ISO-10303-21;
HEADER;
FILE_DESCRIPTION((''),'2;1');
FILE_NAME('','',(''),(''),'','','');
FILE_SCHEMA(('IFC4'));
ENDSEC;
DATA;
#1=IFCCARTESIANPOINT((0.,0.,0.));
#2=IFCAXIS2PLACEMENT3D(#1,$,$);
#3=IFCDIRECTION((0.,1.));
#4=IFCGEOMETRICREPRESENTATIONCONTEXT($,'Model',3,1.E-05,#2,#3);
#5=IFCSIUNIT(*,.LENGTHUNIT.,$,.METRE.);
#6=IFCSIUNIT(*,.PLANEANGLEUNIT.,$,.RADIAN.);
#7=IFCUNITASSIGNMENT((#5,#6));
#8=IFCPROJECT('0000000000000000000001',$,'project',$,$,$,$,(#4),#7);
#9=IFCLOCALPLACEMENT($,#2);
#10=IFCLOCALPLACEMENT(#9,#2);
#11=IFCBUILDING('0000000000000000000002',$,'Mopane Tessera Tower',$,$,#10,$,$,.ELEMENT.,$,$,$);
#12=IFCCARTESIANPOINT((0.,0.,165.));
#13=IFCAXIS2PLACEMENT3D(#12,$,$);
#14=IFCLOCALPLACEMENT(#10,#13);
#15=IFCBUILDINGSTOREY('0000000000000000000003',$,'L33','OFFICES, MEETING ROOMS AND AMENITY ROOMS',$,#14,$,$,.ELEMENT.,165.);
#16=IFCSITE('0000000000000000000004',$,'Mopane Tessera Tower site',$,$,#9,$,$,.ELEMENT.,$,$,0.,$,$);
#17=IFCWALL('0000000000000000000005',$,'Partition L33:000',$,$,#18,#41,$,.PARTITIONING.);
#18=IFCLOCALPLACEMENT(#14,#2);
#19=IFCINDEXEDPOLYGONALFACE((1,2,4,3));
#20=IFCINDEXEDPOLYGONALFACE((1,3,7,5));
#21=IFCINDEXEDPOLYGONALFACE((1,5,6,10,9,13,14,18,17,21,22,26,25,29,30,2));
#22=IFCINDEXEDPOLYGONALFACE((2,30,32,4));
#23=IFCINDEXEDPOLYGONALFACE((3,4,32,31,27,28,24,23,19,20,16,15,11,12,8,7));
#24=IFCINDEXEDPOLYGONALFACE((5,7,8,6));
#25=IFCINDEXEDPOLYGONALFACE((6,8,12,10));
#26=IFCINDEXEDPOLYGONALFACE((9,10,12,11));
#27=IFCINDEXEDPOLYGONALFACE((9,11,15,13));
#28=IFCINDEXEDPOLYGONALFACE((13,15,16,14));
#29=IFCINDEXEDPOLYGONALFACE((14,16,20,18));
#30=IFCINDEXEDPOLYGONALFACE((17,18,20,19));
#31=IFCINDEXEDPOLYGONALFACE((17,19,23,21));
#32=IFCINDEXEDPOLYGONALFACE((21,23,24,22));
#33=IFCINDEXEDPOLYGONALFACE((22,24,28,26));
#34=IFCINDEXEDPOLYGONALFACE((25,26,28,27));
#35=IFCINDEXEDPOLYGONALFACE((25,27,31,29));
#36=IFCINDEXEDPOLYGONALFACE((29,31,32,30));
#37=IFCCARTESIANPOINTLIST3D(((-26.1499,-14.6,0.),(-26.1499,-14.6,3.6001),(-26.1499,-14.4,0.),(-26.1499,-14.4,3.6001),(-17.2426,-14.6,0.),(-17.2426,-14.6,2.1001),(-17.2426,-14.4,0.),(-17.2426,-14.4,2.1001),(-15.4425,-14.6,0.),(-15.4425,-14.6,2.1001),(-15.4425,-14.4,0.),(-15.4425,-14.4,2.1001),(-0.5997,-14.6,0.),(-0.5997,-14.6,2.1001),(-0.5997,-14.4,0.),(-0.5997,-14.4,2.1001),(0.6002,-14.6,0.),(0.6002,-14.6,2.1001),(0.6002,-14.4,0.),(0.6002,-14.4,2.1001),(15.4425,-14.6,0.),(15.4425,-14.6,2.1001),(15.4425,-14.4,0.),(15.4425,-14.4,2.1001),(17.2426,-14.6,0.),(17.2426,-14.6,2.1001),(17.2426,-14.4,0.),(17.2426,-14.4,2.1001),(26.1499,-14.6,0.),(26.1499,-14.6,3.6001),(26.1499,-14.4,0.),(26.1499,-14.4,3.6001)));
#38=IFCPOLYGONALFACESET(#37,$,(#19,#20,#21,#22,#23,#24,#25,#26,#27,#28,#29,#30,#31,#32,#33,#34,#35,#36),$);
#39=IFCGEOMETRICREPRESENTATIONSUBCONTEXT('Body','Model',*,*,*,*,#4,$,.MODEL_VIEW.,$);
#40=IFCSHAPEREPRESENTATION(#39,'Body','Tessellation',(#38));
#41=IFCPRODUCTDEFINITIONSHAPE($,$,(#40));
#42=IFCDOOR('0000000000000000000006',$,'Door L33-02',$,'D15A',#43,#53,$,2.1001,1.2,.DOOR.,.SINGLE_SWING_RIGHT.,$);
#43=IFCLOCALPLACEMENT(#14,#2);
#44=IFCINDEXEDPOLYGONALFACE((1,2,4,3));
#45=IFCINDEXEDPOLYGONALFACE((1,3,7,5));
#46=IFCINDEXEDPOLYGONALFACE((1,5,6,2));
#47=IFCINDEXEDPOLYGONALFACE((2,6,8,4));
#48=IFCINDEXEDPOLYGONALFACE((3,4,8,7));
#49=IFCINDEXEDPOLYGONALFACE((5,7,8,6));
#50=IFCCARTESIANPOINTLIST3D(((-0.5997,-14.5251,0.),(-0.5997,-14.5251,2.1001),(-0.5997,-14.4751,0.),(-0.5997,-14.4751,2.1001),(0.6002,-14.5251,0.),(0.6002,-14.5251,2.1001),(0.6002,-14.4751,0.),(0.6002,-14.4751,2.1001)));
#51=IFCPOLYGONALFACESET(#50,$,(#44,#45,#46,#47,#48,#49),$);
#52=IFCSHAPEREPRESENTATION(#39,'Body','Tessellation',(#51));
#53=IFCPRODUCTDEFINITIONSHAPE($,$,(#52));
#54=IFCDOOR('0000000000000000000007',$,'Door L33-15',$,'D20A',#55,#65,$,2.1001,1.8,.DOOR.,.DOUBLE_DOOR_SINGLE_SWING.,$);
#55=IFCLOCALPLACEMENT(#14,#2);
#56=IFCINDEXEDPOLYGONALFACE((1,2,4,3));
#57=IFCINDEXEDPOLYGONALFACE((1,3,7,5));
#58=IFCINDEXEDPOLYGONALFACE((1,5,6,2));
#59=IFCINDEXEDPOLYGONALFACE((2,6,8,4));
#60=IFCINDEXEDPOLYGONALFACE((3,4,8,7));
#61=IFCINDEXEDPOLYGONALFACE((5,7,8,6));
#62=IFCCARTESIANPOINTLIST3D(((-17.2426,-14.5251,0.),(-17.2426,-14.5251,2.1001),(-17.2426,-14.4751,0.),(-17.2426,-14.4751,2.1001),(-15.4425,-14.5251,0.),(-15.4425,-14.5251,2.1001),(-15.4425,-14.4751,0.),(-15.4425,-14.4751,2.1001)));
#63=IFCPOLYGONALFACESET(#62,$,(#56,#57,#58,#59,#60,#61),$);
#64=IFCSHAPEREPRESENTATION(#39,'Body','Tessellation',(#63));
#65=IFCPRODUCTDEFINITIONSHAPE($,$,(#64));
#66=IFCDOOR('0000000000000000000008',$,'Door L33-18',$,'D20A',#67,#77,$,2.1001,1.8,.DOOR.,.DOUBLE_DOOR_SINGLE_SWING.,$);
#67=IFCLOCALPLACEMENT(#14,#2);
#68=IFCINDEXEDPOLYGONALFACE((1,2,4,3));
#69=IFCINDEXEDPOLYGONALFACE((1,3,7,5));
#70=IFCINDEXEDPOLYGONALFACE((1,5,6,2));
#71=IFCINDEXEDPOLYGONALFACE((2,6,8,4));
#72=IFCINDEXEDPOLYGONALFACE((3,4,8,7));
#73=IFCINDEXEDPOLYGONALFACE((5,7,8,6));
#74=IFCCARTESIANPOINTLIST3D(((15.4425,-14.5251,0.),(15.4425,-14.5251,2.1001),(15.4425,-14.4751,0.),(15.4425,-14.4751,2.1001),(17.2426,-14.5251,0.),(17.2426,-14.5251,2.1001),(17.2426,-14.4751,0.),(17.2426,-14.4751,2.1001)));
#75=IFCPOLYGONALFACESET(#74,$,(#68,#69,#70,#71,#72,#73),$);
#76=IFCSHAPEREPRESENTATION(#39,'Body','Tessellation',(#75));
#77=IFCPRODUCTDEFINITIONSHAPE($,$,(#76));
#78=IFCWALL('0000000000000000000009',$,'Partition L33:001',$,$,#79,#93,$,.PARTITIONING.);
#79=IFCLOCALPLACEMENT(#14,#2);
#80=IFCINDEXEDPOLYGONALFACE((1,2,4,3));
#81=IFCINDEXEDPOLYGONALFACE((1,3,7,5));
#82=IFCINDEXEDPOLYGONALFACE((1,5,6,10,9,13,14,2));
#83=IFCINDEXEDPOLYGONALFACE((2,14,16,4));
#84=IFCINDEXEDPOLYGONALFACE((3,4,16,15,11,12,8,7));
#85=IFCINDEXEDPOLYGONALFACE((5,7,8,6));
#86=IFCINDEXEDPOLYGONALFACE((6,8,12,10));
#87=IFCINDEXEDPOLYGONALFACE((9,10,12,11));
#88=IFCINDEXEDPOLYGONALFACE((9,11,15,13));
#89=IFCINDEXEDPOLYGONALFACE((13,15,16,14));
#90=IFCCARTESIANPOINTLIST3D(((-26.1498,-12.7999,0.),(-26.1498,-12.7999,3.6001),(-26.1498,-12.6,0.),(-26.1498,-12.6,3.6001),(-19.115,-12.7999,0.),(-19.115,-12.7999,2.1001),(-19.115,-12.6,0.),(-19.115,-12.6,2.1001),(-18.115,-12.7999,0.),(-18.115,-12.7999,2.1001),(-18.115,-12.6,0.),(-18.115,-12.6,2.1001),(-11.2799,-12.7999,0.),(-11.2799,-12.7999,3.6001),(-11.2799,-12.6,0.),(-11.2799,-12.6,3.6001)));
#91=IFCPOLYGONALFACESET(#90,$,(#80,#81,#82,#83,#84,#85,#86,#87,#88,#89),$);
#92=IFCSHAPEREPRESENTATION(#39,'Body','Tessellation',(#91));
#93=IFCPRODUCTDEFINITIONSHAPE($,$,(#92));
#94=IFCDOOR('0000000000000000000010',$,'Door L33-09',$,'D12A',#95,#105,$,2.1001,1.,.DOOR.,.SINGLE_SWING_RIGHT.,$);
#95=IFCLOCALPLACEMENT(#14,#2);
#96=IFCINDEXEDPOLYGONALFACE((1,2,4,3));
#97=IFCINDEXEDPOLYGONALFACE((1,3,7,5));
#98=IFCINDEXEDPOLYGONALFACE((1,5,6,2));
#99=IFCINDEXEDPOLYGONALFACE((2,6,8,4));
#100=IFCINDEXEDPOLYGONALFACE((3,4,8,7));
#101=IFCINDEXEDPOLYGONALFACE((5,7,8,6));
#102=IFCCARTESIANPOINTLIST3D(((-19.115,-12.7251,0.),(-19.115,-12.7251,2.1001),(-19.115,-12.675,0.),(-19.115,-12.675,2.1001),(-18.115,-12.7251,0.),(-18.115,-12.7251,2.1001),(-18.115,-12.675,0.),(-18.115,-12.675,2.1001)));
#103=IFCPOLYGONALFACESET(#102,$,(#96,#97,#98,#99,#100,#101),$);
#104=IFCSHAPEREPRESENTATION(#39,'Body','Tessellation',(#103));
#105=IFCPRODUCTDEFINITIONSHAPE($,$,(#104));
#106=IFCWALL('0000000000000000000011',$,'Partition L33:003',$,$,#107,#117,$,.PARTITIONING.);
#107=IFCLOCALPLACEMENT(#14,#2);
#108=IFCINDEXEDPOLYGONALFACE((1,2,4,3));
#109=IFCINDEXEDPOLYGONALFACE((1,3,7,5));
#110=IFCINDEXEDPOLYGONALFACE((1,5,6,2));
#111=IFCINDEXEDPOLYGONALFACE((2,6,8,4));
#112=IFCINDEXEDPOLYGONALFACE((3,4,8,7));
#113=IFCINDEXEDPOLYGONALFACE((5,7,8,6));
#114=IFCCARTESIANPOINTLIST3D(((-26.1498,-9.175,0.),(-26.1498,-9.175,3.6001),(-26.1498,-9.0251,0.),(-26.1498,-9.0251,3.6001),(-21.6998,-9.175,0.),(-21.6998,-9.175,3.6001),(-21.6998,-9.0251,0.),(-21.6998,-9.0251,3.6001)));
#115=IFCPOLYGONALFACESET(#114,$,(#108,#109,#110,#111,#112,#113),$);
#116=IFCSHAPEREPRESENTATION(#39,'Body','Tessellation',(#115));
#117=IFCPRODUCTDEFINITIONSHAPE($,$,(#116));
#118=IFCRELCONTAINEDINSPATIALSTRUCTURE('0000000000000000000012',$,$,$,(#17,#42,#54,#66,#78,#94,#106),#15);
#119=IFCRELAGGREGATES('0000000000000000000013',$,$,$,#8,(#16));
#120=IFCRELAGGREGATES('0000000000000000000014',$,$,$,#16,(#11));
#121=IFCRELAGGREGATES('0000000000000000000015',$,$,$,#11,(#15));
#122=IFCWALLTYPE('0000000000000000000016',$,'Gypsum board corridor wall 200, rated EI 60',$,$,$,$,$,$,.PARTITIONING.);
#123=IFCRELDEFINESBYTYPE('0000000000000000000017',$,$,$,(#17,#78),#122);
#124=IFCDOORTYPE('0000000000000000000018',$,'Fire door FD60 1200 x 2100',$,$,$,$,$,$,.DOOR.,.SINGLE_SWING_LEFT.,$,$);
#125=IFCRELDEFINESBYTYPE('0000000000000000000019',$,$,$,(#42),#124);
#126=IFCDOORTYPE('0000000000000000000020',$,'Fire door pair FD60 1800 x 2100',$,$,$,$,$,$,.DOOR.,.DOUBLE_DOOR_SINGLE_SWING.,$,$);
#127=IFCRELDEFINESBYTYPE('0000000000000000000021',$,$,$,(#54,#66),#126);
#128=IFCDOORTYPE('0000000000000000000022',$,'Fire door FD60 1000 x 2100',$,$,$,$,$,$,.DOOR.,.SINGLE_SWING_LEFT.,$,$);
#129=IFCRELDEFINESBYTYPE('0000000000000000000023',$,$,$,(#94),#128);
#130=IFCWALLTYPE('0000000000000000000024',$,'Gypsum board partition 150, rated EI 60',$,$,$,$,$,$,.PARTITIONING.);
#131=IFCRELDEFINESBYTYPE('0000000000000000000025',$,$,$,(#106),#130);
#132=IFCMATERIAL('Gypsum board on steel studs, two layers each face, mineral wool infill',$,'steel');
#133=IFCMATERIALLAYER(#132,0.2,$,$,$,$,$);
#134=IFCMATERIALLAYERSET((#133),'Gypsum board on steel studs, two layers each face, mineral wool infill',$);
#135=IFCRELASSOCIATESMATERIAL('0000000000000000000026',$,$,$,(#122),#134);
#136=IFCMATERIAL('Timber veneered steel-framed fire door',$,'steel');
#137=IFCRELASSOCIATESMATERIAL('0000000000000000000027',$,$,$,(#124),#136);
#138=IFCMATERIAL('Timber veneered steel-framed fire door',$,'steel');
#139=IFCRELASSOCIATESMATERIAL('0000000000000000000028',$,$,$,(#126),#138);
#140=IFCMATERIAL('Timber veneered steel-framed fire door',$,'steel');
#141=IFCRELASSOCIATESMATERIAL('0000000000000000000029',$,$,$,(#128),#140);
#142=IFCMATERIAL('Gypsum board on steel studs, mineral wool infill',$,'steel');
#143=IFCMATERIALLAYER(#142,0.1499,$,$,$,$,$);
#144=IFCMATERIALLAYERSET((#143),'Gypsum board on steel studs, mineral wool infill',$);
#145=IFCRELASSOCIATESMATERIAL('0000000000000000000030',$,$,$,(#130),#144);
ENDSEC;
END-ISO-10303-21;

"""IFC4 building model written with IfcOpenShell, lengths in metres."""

from ifc_helpers import new_model, si_unit, direction, frame, frame_2d, origin, place, context, subcontext, project, spatial, rectangle, extrude, material, layer, layer_set, type_object, element, fill, save


model = new_model("IFC4")

# Units and contexts
model_context = context("Model", 3, precision=1e-05, world=origin(), true_north=direction((0.0, 1.0)))
body_context = subcontext(model_context, "Body", "Model", "MODEL_VIEW")
ifc_project = project(units=[si_unit("LENGTHUNIT", "METRE"), si_unit("PLANEANGLEUNIT", "RADIAN")], contexts=[model_context])

# Site, building, storey
site_placement = place(None, origin())
site = spatial("IfcSite", under=ifc_project, at=site_placement, Name="Mopane Tessera Tower site", CompositionType="ELEMENT", RefElevation=0.0)
building_placement = place(site_placement, origin())
building = spatial("IfcBuilding", under=site, at=building_placement, Name="Mopane Tessera Tower", CompositionType="ELEMENT")
storey_placement = place(building_placement, frame((0.0, 0.0, 165.0)))
storey = spatial("IfcBuildingStorey", under=building, at=storey_placement, Name="L33", Description="OFFICES, MEETING ROOMS AND AMENITY ROOMS", CompositionType="ELEMENT", Elevation=165.0)

# Wall, openings, doors
ifc_material_1 = material(Name="Gypsum board on steel studs, two layers each face, mineral wool infill", Category="steel")
ifc_layer_1 = layer(ifc_material_1, 0.2)
ifc_layer_set_1 = layer_set([ifc_layer_1], Name="Gypsum board on steel studs, two layers each face, mineral wool infill")
wall_type_1 = type_object("IfcWallType", Name="Gypsum board corridor wall 200, rated EI 60", PredefinedType="PARTITIONING", material=ifc_layer_set_1)
wall_1_placement = place(storey_placement, frame((-26.1499, -14.5, 0.0), z_axis=(0.0, 0.0, 1.0), x_axis=(1.0, 0.0, 0.0)))
wall_1 = element("IfcWall", 1, at=wall_1_placement, inside=storey, type_object=wall_type_1, Name="Partition L33:000", PredefinedType="PARTITIONING", context=body_context, shape_type="SweptSolid", body=[
    extrude(rectangle(XDim=52.2998, YDim=0.2, at=frame_2d((26.1499, 0.0))), origin(), (0.0, 0.0, 1.0), 3.6001),
])
opening_1_placement = place(wall_1_placement, frame((25.55, 0.0, 0.0)))
opening_1 = element("IfcOpeningElement", 2, at=opening_1_placement, cuts=wall_1, PredefinedType="OPENING", context=body_context, shape_type="SweptSolid", body=[
    extrude(rectangle(XDim=1.2, YDim=2.1001, at=frame_2d((0.6001, 1.05))), frame((0.0, 0.1121, 0.0), z_axis=(0.0, -1.0, 0.0), x_axis=(1.0, 0.0, 0.0)), (0.0, 0.0, 1.0), 0.2239),
])
opening_2_placement = place(wall_1_placement, frame((8.9075, 0.0, 0.0)))
opening_2 = element("IfcOpeningElement", 3, at=opening_2_placement, cuts=wall_1, PredefinedType="OPENING", context=body_context, shape_type="SweptSolid", body=[
    extrude(rectangle(XDim=1.8, YDim=2.1001, at=frame_2d((0.8999, 1.05))), frame((0.0, 0.1121, 0.0), z_axis=(0.0, -1.0, 0.0), x_axis=(1.0, 0.0, 0.0)), (0.0, 0.0, 1.0), 0.2239),
])
opening_3_placement = place(wall_1_placement, frame((41.5925, 0.0, 0.0)))
opening_3 = element("IfcOpeningElement", 4, at=opening_3_placement, cuts=wall_1, PredefinedType="OPENING", context=body_context, shape_type="SweptSolid", body=[
    extrude(rectangle(XDim=1.8, YDim=2.1001, at=frame_2d((0.8999, 1.05))), frame((0.0, 0.1121, 0.0), z_axis=(0.0, -1.0, 0.0), x_axis=(1.0, 0.0, 0.0)), (0.0, 0.0, 1.0), 0.2239),
])
ifc_material_2 = material(Name="Timber veneered steel-framed fire door", Category="steel")
door_type_1 = type_object("IfcDoorType", Name="Fire door FD60 1200 x 2100", OperationType="SINGLE_SWING_LEFT", PredefinedType="DOOR", material=ifc_material_2)
door_1_placement = place(opening_1_placement, origin())
door_1 = element("IfcDoor", 5, at=door_1_placement, inside=storey, type_object=door_type_1, Name="Door L33-02", ObjectType="D15A", OperationType="SINGLE_SWING_RIGHT", OverallHeight=2.1001, OverallWidth=1.2, PredefinedType="DOOR", context=body_context, shape_type="SweptSolid", body=[
    extrude(rectangle(XDim=1.2, YDim=2.1001, at=frame_2d((0.6001, 1.05))), frame((0.0, 0.0249, 0.0), z_axis=(0.0, -1.0, 0.0), x_axis=(1.0, 0.0, 0.0)), (0.0, 0.0, 1.0), 0.05),
])
fill(opening_1, door_1)
ifc_material_3 = material(Name="Timber veneered steel-framed fire door", Category="steel")
door_type_2 = type_object("IfcDoorType", Name="Fire door pair FD60 1800 x 2100", OperationType="DOUBLE_DOOR_SINGLE_SWING", PredefinedType="DOOR", material=ifc_material_3)
door_2_placement = place(opening_2_placement, origin())
door_2 = element("IfcDoor", 6, at=door_2_placement, inside=storey, type_object=door_type_2, Name="Door L33-15", ObjectType="D20A", OperationType="DOUBLE_DOOR_SINGLE_SWING", OverallHeight=2.1001, OverallWidth=1.8, PredefinedType="DOOR", context=body_context, shape_type="SweptSolid", body=[
    extrude(rectangle(XDim=1.8, YDim=2.1001, at=frame_2d((0.8999, 1.05))), frame((0.0, 0.0249, 0.0), z_axis=(0.0, -1.0, 0.0), x_axis=(1.0, 0.0, 0.0)), (0.0, 0.0, 1.0), 0.05),
])
fill(opening_2, door_2)
door_3_placement = place(opening_3_placement, origin())
door_3 = element("IfcDoor", 7, at=door_3_placement, inside=storey, type_object=door_type_2, Name="Door L33-18", ObjectType="D20A", OperationType="DOUBLE_DOOR_SINGLE_SWING", OverallHeight=2.1001, OverallWidth=1.8, PredefinedType="DOOR", context=body_context, shape_type="SweptSolid", body=[
    extrude(rectangle(XDim=1.8, YDim=2.1001, at=frame_2d((0.8999, 1.05))), frame((0.0, 0.0249, 0.0), z_axis=(0.0, -1.0, 0.0), x_axis=(1.0, 0.0, 0.0)), (0.0, 0.0, 1.0), 0.05),
])
fill(opening_3, door_3)

# Wall, opening, door
wall_2_placement = place(storey_placement, frame((-26.1499, -12.7, 0.0), z_axis=(0.0, 0.0, 1.0), x_axis=(1.0, 0.0, 0.0)))
wall_2 = element("IfcWall", 8, at=wall_2_placement, inside=storey, type_object=wall_type_1, Name="Partition L33:001", PredefinedType="PARTITIONING", context=body_context, shape_type="SweptSolid", body=[
    extrude(rectangle(XDim=14.8699, YDim=0.2, at=frame_2d((7.4351, 0.0))), origin(), (0.0, 0.0, 1.0), 3.6001),
])
opening_4_placement = place(wall_2_placement, frame((7.0349, 0.0, 0.0)))
opening_4 = element("IfcOpeningElement", 9, at=opening_4_placement, cuts=wall_2, PredefinedType="OPENING", context=body_context, shape_type="SweptSolid", body=[
    extrude(rectangle(XDim=1.0, YDim=2.1001, at=frame_2d((0.5, 1.05))), frame((0.0, 0.1121, 0.0), z_axis=(0.0, -1.0, 0.0), x_axis=(1.0, 0.0, 0.0)), (0.0, 0.0, 1.0), 0.2239),
])
ifc_material_4 = material(Name="Timber veneered steel-framed fire door", Category="steel")
door_type_3 = type_object("IfcDoorType", Name="Fire door FD60 1000 x 2100", OperationType="SINGLE_SWING_LEFT", PredefinedType="DOOR", material=ifc_material_4)
door_4_placement = place(opening_4_placement, origin())
door_4 = element("IfcDoor", 10, at=door_4_placement, inside=storey, type_object=door_type_3, Name="Door L33-09", ObjectType="D12A", OperationType="SINGLE_SWING_RIGHT", OverallHeight=2.1001, OverallWidth=1.0, PredefinedType="DOOR", context=body_context, shape_type="SweptSolid", body=[
    extrude(rectangle(XDim=1.0, YDim=2.1001, at=frame_2d((0.5, 1.05))), frame((0.0, 0.0249, 0.0), z_axis=(0.0, -1.0, 0.0), x_axis=(1.0, 0.0, 0.0)), (0.0, 0.0, 1.0), 0.05),
])
fill(opening_4, door_4)

# Wall
ifc_material_5 = material(Name="Gypsum board on steel studs, mineral wool infill", Category="steel")
ifc_layer_2 = layer(ifc_material_5, 0.1499)
ifc_layer_set_2 = layer_set([ifc_layer_2], Name="Gypsum board on steel studs, mineral wool infill")
wall_type_2 = type_object("IfcWallType", Name="Gypsum board partition 150, rated EI 60", PredefinedType="PARTITIONING", material=ifc_layer_set_2)
wall_3_placement = place(storey_placement, frame((-26.1499, -9.1001, 0.0), z_axis=(0.0, 0.0, 1.0), x_axis=(1.0, 0.0, 0.0)))
element("IfcWall", 11, at=wall_3_placement, inside=storey, type_object=wall_type_2, Name="Partition L33:003", PredefinedType="PARTITIONING", context=body_context, shape_type="SweptSolid", body=[
    extrude(rectangle(XDim=4.45, YDim=0.1499, at=frame_2d((2.2251, 0.0))), origin(), (0.0, 0.0, 1.0), 3.6001),
])

save(model, "model.ifc")
